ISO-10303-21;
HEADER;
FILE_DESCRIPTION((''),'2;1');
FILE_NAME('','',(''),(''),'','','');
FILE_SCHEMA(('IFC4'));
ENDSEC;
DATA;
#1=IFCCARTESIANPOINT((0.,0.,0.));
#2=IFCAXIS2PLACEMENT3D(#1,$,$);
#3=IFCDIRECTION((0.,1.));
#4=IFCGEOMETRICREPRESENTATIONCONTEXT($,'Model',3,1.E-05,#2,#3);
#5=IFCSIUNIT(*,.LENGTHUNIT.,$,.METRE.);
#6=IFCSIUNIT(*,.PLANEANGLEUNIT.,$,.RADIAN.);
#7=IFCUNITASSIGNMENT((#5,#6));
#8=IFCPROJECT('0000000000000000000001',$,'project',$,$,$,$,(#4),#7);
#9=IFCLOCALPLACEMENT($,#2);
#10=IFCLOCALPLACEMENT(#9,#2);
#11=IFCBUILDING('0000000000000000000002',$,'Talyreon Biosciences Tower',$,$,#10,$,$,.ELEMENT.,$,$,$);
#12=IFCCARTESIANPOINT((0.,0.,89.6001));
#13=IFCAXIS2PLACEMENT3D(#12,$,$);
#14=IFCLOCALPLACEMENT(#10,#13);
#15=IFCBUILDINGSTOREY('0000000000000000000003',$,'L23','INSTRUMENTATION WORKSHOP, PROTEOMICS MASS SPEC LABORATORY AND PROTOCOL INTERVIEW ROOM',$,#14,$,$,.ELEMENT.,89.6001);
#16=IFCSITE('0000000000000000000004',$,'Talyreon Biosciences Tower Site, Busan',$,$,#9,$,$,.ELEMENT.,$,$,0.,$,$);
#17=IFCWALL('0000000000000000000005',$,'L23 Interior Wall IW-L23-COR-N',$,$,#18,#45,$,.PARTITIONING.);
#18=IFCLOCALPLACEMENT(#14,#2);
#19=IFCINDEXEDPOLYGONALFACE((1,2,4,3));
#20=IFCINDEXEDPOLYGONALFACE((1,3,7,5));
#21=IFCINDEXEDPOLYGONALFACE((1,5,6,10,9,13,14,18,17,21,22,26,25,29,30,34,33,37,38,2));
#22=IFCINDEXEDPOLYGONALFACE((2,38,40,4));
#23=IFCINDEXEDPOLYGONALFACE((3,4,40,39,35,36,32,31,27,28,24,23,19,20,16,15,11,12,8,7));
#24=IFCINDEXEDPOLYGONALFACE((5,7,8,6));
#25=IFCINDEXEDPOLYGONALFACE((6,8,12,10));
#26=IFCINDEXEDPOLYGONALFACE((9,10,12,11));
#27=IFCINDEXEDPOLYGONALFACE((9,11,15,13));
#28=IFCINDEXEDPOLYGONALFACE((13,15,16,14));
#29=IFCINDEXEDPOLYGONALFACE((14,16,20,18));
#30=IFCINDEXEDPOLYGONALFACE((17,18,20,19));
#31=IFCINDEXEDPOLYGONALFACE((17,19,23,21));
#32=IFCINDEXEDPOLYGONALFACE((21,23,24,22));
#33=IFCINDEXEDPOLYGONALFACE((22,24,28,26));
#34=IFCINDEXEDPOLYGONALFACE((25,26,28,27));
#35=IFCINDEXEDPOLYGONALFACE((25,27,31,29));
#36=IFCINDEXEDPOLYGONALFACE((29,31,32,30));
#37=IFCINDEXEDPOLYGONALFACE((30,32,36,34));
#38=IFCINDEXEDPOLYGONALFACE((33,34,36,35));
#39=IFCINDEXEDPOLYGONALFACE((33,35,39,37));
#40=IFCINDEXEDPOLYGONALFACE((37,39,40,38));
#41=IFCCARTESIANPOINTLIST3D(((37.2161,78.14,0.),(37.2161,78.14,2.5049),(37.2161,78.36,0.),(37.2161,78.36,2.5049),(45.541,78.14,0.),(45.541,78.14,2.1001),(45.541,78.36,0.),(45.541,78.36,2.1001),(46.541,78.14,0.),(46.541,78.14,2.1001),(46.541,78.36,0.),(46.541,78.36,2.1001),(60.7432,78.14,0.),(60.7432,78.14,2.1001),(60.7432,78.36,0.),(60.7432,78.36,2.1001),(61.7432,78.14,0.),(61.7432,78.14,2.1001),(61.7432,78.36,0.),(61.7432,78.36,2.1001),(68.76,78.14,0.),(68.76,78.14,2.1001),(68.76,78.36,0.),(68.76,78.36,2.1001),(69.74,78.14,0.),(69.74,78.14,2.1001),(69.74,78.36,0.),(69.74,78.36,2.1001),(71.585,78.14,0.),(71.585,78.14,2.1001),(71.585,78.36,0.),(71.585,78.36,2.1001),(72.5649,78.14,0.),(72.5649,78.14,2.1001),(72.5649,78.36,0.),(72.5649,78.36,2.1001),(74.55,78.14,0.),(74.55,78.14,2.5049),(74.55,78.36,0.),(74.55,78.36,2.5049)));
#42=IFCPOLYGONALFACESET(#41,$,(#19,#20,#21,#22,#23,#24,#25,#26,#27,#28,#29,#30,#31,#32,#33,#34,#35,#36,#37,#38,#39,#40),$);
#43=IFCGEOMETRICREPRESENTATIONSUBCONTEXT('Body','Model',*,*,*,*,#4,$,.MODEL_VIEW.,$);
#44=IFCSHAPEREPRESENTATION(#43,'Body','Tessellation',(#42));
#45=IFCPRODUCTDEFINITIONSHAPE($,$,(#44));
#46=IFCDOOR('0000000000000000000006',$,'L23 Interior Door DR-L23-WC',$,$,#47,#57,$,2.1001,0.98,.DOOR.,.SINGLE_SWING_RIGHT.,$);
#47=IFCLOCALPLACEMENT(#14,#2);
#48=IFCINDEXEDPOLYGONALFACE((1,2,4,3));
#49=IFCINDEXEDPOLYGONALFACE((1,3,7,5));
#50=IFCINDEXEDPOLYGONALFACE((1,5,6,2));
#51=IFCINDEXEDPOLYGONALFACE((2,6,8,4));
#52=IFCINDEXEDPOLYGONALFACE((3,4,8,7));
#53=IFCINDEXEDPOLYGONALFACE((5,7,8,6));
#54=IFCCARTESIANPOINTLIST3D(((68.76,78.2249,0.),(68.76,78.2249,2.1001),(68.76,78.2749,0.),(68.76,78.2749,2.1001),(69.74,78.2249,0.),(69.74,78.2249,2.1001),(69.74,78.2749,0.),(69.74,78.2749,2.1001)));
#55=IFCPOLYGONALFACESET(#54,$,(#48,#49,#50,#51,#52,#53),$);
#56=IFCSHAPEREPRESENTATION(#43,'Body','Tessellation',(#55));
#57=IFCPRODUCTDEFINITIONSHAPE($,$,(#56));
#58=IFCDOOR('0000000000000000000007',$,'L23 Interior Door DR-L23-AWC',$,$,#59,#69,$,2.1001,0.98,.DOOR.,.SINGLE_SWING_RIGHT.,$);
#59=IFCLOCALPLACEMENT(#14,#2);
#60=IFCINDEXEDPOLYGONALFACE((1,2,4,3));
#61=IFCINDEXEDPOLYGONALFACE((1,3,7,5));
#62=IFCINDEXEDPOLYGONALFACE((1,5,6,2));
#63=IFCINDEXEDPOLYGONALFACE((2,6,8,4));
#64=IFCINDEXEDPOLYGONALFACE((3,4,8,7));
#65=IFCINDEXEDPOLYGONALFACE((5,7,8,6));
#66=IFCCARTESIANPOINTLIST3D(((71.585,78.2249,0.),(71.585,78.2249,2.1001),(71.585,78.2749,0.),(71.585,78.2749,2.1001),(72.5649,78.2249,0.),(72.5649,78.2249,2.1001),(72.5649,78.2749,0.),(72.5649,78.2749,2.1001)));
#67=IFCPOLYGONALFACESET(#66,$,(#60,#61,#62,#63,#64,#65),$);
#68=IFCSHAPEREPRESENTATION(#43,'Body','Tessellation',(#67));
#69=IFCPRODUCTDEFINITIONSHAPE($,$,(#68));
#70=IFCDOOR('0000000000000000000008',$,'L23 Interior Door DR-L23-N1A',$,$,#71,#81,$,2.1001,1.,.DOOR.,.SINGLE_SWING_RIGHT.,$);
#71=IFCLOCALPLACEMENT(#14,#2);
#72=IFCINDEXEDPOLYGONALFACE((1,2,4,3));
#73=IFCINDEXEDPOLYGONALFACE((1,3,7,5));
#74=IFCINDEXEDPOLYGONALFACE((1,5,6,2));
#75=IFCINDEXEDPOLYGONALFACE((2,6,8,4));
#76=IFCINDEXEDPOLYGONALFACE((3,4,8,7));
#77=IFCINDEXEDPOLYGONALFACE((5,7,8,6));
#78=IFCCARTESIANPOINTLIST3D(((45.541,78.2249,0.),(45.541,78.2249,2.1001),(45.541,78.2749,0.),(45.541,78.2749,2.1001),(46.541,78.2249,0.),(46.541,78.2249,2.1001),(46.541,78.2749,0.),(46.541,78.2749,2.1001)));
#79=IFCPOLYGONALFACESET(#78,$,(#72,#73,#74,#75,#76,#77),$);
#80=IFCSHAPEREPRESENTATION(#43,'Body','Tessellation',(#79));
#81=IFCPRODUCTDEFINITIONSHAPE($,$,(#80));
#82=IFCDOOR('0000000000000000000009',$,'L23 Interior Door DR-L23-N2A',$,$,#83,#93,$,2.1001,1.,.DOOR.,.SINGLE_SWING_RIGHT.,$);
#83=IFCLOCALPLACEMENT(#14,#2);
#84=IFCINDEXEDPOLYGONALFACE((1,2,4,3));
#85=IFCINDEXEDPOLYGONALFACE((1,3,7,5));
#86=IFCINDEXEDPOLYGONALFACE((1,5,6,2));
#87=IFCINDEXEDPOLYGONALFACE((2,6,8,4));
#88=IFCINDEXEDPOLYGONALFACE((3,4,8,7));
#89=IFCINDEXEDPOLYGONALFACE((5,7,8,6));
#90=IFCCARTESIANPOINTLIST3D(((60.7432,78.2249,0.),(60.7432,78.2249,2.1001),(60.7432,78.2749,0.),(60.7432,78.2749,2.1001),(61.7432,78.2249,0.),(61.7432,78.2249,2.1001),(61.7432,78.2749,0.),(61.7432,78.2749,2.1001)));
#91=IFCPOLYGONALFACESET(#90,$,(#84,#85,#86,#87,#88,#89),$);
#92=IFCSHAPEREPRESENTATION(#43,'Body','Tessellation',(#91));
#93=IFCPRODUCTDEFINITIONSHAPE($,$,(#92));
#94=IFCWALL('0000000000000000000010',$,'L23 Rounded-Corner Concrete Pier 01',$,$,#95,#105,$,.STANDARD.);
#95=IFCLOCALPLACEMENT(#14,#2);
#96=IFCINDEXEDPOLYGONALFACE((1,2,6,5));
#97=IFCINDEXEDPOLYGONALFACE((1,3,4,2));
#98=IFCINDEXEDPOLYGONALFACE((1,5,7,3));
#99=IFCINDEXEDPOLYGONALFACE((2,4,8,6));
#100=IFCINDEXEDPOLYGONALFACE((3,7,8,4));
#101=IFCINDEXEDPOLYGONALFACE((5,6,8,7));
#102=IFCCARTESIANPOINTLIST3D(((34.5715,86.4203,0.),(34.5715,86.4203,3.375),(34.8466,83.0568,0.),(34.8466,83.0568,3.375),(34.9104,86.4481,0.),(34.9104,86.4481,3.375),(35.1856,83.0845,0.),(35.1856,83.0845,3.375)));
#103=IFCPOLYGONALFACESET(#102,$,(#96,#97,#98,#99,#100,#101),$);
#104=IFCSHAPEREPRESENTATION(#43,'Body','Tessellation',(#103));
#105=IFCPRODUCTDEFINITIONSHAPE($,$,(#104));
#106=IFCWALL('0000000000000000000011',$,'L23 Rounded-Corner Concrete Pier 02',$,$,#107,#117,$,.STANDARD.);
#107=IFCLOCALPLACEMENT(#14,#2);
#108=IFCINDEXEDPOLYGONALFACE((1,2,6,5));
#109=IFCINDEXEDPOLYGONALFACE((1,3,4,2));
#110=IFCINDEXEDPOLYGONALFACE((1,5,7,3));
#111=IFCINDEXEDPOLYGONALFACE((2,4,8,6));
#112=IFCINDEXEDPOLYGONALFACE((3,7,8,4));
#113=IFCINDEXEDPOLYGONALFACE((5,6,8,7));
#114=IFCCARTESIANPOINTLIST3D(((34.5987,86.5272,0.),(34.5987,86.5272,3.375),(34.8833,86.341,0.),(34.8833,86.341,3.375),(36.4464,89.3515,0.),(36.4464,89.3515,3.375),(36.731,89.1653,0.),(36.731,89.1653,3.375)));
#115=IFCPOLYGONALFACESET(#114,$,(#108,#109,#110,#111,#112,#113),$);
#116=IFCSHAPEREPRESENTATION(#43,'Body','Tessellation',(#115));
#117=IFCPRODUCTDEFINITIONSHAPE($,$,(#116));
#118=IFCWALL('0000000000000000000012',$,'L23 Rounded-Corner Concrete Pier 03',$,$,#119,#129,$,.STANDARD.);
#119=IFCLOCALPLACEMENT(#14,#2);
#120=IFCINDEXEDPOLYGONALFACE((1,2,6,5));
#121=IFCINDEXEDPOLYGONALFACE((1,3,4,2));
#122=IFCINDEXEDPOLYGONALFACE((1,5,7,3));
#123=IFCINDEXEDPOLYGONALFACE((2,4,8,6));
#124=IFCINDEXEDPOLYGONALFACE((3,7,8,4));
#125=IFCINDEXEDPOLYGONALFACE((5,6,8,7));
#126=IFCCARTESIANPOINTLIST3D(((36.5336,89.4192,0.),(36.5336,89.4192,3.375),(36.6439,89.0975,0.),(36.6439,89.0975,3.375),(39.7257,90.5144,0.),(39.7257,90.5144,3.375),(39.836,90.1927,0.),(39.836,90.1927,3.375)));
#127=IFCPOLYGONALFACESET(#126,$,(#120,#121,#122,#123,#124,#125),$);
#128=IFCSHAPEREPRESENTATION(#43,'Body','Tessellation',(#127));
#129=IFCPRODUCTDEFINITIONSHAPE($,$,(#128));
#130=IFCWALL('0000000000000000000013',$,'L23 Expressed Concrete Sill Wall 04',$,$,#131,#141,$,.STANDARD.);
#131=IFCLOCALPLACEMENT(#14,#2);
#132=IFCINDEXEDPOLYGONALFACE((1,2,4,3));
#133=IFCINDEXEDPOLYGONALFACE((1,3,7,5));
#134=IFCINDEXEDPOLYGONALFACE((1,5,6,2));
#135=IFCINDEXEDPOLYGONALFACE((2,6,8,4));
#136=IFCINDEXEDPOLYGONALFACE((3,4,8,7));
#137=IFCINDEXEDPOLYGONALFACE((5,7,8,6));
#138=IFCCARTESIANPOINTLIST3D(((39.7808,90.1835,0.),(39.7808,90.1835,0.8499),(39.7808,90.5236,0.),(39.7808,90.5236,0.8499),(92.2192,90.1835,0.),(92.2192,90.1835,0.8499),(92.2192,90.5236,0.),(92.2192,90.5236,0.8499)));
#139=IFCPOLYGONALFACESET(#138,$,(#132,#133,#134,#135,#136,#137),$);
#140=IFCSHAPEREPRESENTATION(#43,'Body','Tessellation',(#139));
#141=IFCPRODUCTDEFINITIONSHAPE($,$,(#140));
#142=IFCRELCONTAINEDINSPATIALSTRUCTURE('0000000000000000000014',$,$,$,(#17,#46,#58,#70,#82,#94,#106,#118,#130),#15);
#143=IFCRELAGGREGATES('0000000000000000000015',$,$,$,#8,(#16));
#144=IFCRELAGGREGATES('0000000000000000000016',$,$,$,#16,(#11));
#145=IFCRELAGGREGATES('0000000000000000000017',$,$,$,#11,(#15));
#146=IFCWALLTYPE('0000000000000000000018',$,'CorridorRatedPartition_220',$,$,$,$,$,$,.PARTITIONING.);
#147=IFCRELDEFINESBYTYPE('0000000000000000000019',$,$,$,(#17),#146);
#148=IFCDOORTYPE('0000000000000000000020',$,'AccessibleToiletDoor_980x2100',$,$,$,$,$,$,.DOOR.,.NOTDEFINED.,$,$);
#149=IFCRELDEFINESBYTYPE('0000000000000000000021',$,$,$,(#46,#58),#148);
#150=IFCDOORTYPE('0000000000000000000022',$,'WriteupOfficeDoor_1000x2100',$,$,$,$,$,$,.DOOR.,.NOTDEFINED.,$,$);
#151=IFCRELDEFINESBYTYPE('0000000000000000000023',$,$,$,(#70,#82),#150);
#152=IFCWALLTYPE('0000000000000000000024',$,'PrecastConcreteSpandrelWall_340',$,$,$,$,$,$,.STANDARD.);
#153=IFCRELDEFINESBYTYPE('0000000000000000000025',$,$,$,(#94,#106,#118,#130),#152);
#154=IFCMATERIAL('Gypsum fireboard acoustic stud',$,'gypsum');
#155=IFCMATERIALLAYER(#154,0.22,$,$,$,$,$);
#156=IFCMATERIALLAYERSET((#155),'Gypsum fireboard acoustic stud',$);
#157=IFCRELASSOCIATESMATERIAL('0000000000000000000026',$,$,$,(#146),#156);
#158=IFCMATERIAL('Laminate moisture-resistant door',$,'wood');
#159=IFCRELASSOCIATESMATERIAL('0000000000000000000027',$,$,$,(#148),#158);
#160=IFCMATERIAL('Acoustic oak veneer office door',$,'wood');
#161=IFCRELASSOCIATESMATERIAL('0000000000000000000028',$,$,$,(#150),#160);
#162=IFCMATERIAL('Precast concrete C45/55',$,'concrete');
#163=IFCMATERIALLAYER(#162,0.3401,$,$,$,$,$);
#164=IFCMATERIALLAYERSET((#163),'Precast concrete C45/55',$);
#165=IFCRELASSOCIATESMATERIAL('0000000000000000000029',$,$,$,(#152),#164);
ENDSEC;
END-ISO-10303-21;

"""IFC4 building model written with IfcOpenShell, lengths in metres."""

from ifc_helpers import new_model, si_unit, direction, frame, frame_2d, origin, place, context, subcontext, project, spatial, rectangle, extrude, material, layer, layer_set, type_object, element, fill, save


model = new_model("IFC4")

# Units and contexts
model_context = context("Model", 3, precision=1e-05, world=origin(), true_north=direction((0.0, 1.0)))
body_context = subcontext(model_context, "Body", "Model", "MODEL_VIEW")
ifc_project = project(units=[si_unit("LENGTHUNIT", "METRE"), si_unit("PLANEANGLEUNIT", "RADIAN")], contexts=[model_context])

# Site, building, storey
site_placement = place(None, origin())
site = spatial("IfcSite", under=ifc_project, at=site_placement, Name="Talyreon Biosciences Tower Site, Busan", CompositionType="ELEMENT", RefElevation=0.0)
building_placement = place(site_placement, origin())
building = spatial("IfcBuilding", under=site, at=building_placement, Name="Talyreon Biosciences Tower", CompositionType="ELEMENT")
storey_placement = place(building_placement, frame((0.0, 0.0, 89.6001)))
storey = spatial("IfcBuildingStorey", under=building, at=storey_placement, Name="L23", Description="INSTRUMENTATION WORKSHOP, PROTEOMICS MASS SPEC LABORATORY AND PROTOCOL INTERVIEW ROOM", CompositionType="ELEMENT", Elevation=89.6001)

# Shared definitions
ifc_material_1 = material(Name="Precast concrete C45/55", Category="concrete")

# Wall, openings, doors
ifc_material_2 = material(Name="Gypsum fireboard acoustic stud", Category="gypsum")
ifc_layer_1 = layer(ifc_material_2, 0.22)
ifc_layer_set_1 = layer_set([ifc_layer_1], Name="Gypsum fireboard acoustic stud")
wall_type_1 = type_object("IfcWallType", Name="CorridorRatedPartition_220", PredefinedType="PARTITIONING", material=ifc_layer_set_1)
wall_1_placement = place(storey_placement, frame((37.2161, 78.25, 0.0), z_axis=(0.0, 0.0, 1.0), x_axis=(1.0, 0.0, 0.0)))
wall_1 = element("IfcWall", 1, at=wall_1_placement, inside=storey, type_object=wall_type_1, Name="L23 Interior Wall IW-L23-COR-N", PredefinedType="PARTITIONING", context=body_context, shape_type="SweptSolid", body=[
    extrude(rectangle(XDim=37.334, YDim=0.22, at=frame_2d((18.667, 0.0))), origin(), (0.0, 0.0, 1.0), 2.5049),
])
opening_1_placement = place(wall_1_placement, frame((31.5439, 0.0, 0.0)))
opening_1 = element("IfcOpeningElement", 2, at=opening_1_placement, cuts=wall_1, PredefinedType="OPENING", context=body_context, shape_type="SweptSolid", body=[
    extrude(rectangle(XDim=0.98, YDim=2.1001, at=frame_2d((0.49, 1.05))), frame((0.0, 0.1199, 0.0), z_axis=(0.0, -1.0, 0.0), x_axis=(1.0, 0.0, 0.0)), (0.0, 0.0, 1.0), 0.24),
])
opening_2_placement = place(wall_1_placement, frame((34.3689, 0.0, 0.0)))
opening_2 = element("IfcOpeningElement", 3, at=opening_2_placement, cuts=wall_1, PredefinedType="OPENING", context=body_context, shape_type="SweptSolid", body=[
    extrude(rectangle(XDim=0.98, YDim=2.1001, at=frame_2d((0.49, 1.05))), frame((0.0, 0.1199, 0.0), z_axis=(0.0, -1.0, 0.0), x_axis=(1.0, 0.0, 0.0)), (0.0, 0.0, 1.0), 0.24),
])
opening_3_placement = place(wall_1_placement, frame((8.325, 0.0, 0.0)))
opening_3 = element("IfcOpeningElement", 4, at=opening_3_placement, cuts=wall_1, PredefinedType="OPENING", context=body_context, shape_type="SweptSolid", body=[
    extrude(rectangle(XDim=1.0, YDim=2.1001, at=frame_2d((0.5, 1.05))), frame((0.0, 0.1199, 0.0), z_axis=(0.0, -1.0, 0.0), x_axis=(1.0, 0.0, 0.0)), (0.0, 0.0, 1.0), 0.24),
])
opening_4_placement = place(wall_1_placement, frame((23.5271, 0.0, 0.0)))
opening_4 = element("IfcOpeningElement", 5, at=opening_4_placement, cuts=wall_1, PredefinedType="OPENING", context=body_context, shape_type="SweptSolid", body=[
    extrude(rectangle(XDim=1.0, YDim=2.1001, at=frame_2d((0.5, 1.05))), frame((0.0, 0.1199, 0.0), z_axis=(0.0, -1.0, 0.0), x_axis=(1.0, 0.0, 0.0)), (0.0, 0.0, 1.0), 0.24),
])
ifc_material_3 = material(Name="Laminate moisture-resistant door", Category="wood")
door_type_1 = type_object("IfcDoorType", Name="AccessibleToiletDoor_980x2100", OperationType="NOTDEFINED", PredefinedType="DOOR", material=ifc_material_3)
door_1_placement = place(opening_1_placement, origin())
door_1 = element("IfcDoor", 6, at=door_1_placement, inside=storey, type_object=door_type_1, Name="L23 Interior Door DR-L23-WC", OperationType="SINGLE_SWING_RIGHT", OverallHeight=2.1001, OverallWidth=0.98, PredefinedType="DOOR", context=body_context, shape_type="SweptSolid", body=[
    extrude(rectangle(XDim=0.98, YDim=2.1001, at=frame_2d((0.49, 1.05))), frame((0.0, 0.0249, 0.0), z_axis=(0.0, -1.0, 0.0), x_axis=(1.0, 0.0, 0.0)), (0.0, 0.0, 1.0), 0.05),
])
fill(opening_1, door_1)
door_2_placement = place(opening_2_placement, origin())
door_2 = element("IfcDoor", 7, at=door_2_placement, inside=storey, type_object=door_type_1, Name="L23 Interior Door DR-L23-AWC", OperationType="SINGLE_SWING_RIGHT", OverallHeight=2.1001, OverallWidth=0.98, PredefinedType="DOOR", context=body_context, shape_type="SweptSolid", body=[
    extrude(rectangle(XDim=0.98, YDim=2.1001, at=frame_2d((0.49, 1.05))), frame((0.0, 0.0249, 0.0), z_axis=(0.0, -1.0, 0.0), x_axis=(1.0, 0.0, 0.0)), (0.0, 0.0, 1.0), 0.05),
])
fill(opening_2, door_2)
ifc_material_4 = material(Name="Acoustic oak veneer office door", Category="wood")
door_type_2 = type_object("IfcDoorType", Name="WriteupOfficeDoor_1000x2100", OperationType="NOTDEFINED", PredefinedType="DOOR", material=ifc_material_4)
door_3_placement = place(opening_3_placement, origin())
door_3 = element("IfcDoor", 8, at=door_3_placement, inside=storey, type_object=door_type_2, Name="L23 Interior Door DR-L23-N1A", OperationType="SINGLE_SWING_RIGHT", OverallHeight=2.1001, OverallWidth=1.0, PredefinedType="DOOR", context=body_context, shape_type="SweptSolid", body=[
    extrude(rectangle(XDim=1.0, YDim=2.1001, at=frame_2d((0.5, 1.05))), frame((0.0, 0.0249, 0.0), z_axis=(0.0, -1.0, 0.0), x_axis=(1.0, 0.0, 0.0)), (0.0, 0.0, 1.0), 0.05),
])
fill(opening_3, door_3)
door_4_placement = place(opening_4_placement, origin())
door_4 = element("IfcDoor", 9, at=door_4_placement, inside=storey, type_object=door_type_2, Name="L23 Interior Door DR-L23-N2A", OperationType="SINGLE_SWING_RIGHT", OverallHeight=2.1001, OverallWidth=1.0, PredefinedType="DOOR", context=body_context, shape_type="SweptSolid", body=[
    extrude(rectangle(XDim=1.0, YDim=2.1001, at=frame_2d((0.5, 1.05))), frame((0.0, 0.0249, 0.0), z_axis=(0.0, -1.0, 0.0), x_axis=(1.0, 0.0, 0.0)), (0.0, 0.0, 1.0), 0.05),
])
fill(opening_4, door_4)

# Walls
ifc_layer_2 = layer(ifc_material_1, 0.3401)
ifc_layer_set_2 = layer_set([ifc_layer_2], Name="Precast concrete C45/55")
wall_type_2 = type_object("IfcWallType", Name="PrecastConcreteSpandrelWall_340", PredefinedType="STANDARD", material=ifc_layer_set_2)
wall_2_placement = place(storey_placement, frame((35.0161, 83.0706, 0.0), z_axis=(0.0, 0.0, 1.0), x_axis=(-0.081531, 0.996671, 0.0)))
element("IfcWall", 10, at=wall_2_placement, inside=storey, type_object=wall_type_2, Name="L23 Rounded-Corner Concrete Pier 01", PredefinedType="STANDARD", context=body_context, shape_type="SweptSolid", body=[
    extrude(rectangle(XDim=3.3748, YDim=0.3401, at=frame_2d((1.6875, 0.0))), origin(), (0.0, 0.0, 1.0), 3.375),
])
wall_3_placement = place(storey_placement, frame((34.741, 86.4341, 0.0), z_axis=(0.0, 0.0, 1.0), x_axis=(0.547468, 0.836827, 0.0)))
element("IfcWall", 11, at=wall_3_placement, inside=storey, type_object=wall_type_2, Name="L23 Rounded-Corner Concrete Pier 02", PredefinedType="STANDARD", context=body_context, shape_type="SweptSolid", body=[
    extrude(rectangle(XDim=3.375, YDim=0.3401, at=frame_2d((1.6875, 0.0))), origin(), (0.0, 0.0, 1.0), 3.375),
])
wall_4_placement = place(storey_placement, frame((36.5886, 89.2583, 0.0), z_axis=(0.0, 0.0, 1.0), x_axis=(0.945876, 0.324528, 0.0)))
element("IfcWall", 12, at=wall_4_placement, inside=storey, type_object=wall_type_2, Name="L23 Rounded-Corner Concrete Pier 03", PredefinedType="STANDARD", context=body_context, shape_type="SweptSolid", body=[
    extrude(rectangle(XDim=3.3748, YDim=0.3401, at=frame_2d((1.6875, 0.0))), origin(), (0.0, 0.0, 1.0), 3.375),
])
wall_5_placement = place(storey_placement, frame((39.7808, 90.3535, 0.0), z_axis=(0.0, 0.0, 1.0), x_axis=(1.0, 0.0, 0.0)))
element("IfcWall", 13, at=wall_5_placement, inside=storey, type_object=wall_type_2, Name="L23 Expressed Concrete Sill Wall 04", PredefinedType="STANDARD", context=body_context, shape_type="SweptSolid", body=[
    extrude(rectangle(XDim=52.4385, YDim=0.3401, at=frame_2d((26.2192, 0.0))), origin(), (0.0, 0.0, 1.0), 0.8499),
])

save(model, "model.ifc")
